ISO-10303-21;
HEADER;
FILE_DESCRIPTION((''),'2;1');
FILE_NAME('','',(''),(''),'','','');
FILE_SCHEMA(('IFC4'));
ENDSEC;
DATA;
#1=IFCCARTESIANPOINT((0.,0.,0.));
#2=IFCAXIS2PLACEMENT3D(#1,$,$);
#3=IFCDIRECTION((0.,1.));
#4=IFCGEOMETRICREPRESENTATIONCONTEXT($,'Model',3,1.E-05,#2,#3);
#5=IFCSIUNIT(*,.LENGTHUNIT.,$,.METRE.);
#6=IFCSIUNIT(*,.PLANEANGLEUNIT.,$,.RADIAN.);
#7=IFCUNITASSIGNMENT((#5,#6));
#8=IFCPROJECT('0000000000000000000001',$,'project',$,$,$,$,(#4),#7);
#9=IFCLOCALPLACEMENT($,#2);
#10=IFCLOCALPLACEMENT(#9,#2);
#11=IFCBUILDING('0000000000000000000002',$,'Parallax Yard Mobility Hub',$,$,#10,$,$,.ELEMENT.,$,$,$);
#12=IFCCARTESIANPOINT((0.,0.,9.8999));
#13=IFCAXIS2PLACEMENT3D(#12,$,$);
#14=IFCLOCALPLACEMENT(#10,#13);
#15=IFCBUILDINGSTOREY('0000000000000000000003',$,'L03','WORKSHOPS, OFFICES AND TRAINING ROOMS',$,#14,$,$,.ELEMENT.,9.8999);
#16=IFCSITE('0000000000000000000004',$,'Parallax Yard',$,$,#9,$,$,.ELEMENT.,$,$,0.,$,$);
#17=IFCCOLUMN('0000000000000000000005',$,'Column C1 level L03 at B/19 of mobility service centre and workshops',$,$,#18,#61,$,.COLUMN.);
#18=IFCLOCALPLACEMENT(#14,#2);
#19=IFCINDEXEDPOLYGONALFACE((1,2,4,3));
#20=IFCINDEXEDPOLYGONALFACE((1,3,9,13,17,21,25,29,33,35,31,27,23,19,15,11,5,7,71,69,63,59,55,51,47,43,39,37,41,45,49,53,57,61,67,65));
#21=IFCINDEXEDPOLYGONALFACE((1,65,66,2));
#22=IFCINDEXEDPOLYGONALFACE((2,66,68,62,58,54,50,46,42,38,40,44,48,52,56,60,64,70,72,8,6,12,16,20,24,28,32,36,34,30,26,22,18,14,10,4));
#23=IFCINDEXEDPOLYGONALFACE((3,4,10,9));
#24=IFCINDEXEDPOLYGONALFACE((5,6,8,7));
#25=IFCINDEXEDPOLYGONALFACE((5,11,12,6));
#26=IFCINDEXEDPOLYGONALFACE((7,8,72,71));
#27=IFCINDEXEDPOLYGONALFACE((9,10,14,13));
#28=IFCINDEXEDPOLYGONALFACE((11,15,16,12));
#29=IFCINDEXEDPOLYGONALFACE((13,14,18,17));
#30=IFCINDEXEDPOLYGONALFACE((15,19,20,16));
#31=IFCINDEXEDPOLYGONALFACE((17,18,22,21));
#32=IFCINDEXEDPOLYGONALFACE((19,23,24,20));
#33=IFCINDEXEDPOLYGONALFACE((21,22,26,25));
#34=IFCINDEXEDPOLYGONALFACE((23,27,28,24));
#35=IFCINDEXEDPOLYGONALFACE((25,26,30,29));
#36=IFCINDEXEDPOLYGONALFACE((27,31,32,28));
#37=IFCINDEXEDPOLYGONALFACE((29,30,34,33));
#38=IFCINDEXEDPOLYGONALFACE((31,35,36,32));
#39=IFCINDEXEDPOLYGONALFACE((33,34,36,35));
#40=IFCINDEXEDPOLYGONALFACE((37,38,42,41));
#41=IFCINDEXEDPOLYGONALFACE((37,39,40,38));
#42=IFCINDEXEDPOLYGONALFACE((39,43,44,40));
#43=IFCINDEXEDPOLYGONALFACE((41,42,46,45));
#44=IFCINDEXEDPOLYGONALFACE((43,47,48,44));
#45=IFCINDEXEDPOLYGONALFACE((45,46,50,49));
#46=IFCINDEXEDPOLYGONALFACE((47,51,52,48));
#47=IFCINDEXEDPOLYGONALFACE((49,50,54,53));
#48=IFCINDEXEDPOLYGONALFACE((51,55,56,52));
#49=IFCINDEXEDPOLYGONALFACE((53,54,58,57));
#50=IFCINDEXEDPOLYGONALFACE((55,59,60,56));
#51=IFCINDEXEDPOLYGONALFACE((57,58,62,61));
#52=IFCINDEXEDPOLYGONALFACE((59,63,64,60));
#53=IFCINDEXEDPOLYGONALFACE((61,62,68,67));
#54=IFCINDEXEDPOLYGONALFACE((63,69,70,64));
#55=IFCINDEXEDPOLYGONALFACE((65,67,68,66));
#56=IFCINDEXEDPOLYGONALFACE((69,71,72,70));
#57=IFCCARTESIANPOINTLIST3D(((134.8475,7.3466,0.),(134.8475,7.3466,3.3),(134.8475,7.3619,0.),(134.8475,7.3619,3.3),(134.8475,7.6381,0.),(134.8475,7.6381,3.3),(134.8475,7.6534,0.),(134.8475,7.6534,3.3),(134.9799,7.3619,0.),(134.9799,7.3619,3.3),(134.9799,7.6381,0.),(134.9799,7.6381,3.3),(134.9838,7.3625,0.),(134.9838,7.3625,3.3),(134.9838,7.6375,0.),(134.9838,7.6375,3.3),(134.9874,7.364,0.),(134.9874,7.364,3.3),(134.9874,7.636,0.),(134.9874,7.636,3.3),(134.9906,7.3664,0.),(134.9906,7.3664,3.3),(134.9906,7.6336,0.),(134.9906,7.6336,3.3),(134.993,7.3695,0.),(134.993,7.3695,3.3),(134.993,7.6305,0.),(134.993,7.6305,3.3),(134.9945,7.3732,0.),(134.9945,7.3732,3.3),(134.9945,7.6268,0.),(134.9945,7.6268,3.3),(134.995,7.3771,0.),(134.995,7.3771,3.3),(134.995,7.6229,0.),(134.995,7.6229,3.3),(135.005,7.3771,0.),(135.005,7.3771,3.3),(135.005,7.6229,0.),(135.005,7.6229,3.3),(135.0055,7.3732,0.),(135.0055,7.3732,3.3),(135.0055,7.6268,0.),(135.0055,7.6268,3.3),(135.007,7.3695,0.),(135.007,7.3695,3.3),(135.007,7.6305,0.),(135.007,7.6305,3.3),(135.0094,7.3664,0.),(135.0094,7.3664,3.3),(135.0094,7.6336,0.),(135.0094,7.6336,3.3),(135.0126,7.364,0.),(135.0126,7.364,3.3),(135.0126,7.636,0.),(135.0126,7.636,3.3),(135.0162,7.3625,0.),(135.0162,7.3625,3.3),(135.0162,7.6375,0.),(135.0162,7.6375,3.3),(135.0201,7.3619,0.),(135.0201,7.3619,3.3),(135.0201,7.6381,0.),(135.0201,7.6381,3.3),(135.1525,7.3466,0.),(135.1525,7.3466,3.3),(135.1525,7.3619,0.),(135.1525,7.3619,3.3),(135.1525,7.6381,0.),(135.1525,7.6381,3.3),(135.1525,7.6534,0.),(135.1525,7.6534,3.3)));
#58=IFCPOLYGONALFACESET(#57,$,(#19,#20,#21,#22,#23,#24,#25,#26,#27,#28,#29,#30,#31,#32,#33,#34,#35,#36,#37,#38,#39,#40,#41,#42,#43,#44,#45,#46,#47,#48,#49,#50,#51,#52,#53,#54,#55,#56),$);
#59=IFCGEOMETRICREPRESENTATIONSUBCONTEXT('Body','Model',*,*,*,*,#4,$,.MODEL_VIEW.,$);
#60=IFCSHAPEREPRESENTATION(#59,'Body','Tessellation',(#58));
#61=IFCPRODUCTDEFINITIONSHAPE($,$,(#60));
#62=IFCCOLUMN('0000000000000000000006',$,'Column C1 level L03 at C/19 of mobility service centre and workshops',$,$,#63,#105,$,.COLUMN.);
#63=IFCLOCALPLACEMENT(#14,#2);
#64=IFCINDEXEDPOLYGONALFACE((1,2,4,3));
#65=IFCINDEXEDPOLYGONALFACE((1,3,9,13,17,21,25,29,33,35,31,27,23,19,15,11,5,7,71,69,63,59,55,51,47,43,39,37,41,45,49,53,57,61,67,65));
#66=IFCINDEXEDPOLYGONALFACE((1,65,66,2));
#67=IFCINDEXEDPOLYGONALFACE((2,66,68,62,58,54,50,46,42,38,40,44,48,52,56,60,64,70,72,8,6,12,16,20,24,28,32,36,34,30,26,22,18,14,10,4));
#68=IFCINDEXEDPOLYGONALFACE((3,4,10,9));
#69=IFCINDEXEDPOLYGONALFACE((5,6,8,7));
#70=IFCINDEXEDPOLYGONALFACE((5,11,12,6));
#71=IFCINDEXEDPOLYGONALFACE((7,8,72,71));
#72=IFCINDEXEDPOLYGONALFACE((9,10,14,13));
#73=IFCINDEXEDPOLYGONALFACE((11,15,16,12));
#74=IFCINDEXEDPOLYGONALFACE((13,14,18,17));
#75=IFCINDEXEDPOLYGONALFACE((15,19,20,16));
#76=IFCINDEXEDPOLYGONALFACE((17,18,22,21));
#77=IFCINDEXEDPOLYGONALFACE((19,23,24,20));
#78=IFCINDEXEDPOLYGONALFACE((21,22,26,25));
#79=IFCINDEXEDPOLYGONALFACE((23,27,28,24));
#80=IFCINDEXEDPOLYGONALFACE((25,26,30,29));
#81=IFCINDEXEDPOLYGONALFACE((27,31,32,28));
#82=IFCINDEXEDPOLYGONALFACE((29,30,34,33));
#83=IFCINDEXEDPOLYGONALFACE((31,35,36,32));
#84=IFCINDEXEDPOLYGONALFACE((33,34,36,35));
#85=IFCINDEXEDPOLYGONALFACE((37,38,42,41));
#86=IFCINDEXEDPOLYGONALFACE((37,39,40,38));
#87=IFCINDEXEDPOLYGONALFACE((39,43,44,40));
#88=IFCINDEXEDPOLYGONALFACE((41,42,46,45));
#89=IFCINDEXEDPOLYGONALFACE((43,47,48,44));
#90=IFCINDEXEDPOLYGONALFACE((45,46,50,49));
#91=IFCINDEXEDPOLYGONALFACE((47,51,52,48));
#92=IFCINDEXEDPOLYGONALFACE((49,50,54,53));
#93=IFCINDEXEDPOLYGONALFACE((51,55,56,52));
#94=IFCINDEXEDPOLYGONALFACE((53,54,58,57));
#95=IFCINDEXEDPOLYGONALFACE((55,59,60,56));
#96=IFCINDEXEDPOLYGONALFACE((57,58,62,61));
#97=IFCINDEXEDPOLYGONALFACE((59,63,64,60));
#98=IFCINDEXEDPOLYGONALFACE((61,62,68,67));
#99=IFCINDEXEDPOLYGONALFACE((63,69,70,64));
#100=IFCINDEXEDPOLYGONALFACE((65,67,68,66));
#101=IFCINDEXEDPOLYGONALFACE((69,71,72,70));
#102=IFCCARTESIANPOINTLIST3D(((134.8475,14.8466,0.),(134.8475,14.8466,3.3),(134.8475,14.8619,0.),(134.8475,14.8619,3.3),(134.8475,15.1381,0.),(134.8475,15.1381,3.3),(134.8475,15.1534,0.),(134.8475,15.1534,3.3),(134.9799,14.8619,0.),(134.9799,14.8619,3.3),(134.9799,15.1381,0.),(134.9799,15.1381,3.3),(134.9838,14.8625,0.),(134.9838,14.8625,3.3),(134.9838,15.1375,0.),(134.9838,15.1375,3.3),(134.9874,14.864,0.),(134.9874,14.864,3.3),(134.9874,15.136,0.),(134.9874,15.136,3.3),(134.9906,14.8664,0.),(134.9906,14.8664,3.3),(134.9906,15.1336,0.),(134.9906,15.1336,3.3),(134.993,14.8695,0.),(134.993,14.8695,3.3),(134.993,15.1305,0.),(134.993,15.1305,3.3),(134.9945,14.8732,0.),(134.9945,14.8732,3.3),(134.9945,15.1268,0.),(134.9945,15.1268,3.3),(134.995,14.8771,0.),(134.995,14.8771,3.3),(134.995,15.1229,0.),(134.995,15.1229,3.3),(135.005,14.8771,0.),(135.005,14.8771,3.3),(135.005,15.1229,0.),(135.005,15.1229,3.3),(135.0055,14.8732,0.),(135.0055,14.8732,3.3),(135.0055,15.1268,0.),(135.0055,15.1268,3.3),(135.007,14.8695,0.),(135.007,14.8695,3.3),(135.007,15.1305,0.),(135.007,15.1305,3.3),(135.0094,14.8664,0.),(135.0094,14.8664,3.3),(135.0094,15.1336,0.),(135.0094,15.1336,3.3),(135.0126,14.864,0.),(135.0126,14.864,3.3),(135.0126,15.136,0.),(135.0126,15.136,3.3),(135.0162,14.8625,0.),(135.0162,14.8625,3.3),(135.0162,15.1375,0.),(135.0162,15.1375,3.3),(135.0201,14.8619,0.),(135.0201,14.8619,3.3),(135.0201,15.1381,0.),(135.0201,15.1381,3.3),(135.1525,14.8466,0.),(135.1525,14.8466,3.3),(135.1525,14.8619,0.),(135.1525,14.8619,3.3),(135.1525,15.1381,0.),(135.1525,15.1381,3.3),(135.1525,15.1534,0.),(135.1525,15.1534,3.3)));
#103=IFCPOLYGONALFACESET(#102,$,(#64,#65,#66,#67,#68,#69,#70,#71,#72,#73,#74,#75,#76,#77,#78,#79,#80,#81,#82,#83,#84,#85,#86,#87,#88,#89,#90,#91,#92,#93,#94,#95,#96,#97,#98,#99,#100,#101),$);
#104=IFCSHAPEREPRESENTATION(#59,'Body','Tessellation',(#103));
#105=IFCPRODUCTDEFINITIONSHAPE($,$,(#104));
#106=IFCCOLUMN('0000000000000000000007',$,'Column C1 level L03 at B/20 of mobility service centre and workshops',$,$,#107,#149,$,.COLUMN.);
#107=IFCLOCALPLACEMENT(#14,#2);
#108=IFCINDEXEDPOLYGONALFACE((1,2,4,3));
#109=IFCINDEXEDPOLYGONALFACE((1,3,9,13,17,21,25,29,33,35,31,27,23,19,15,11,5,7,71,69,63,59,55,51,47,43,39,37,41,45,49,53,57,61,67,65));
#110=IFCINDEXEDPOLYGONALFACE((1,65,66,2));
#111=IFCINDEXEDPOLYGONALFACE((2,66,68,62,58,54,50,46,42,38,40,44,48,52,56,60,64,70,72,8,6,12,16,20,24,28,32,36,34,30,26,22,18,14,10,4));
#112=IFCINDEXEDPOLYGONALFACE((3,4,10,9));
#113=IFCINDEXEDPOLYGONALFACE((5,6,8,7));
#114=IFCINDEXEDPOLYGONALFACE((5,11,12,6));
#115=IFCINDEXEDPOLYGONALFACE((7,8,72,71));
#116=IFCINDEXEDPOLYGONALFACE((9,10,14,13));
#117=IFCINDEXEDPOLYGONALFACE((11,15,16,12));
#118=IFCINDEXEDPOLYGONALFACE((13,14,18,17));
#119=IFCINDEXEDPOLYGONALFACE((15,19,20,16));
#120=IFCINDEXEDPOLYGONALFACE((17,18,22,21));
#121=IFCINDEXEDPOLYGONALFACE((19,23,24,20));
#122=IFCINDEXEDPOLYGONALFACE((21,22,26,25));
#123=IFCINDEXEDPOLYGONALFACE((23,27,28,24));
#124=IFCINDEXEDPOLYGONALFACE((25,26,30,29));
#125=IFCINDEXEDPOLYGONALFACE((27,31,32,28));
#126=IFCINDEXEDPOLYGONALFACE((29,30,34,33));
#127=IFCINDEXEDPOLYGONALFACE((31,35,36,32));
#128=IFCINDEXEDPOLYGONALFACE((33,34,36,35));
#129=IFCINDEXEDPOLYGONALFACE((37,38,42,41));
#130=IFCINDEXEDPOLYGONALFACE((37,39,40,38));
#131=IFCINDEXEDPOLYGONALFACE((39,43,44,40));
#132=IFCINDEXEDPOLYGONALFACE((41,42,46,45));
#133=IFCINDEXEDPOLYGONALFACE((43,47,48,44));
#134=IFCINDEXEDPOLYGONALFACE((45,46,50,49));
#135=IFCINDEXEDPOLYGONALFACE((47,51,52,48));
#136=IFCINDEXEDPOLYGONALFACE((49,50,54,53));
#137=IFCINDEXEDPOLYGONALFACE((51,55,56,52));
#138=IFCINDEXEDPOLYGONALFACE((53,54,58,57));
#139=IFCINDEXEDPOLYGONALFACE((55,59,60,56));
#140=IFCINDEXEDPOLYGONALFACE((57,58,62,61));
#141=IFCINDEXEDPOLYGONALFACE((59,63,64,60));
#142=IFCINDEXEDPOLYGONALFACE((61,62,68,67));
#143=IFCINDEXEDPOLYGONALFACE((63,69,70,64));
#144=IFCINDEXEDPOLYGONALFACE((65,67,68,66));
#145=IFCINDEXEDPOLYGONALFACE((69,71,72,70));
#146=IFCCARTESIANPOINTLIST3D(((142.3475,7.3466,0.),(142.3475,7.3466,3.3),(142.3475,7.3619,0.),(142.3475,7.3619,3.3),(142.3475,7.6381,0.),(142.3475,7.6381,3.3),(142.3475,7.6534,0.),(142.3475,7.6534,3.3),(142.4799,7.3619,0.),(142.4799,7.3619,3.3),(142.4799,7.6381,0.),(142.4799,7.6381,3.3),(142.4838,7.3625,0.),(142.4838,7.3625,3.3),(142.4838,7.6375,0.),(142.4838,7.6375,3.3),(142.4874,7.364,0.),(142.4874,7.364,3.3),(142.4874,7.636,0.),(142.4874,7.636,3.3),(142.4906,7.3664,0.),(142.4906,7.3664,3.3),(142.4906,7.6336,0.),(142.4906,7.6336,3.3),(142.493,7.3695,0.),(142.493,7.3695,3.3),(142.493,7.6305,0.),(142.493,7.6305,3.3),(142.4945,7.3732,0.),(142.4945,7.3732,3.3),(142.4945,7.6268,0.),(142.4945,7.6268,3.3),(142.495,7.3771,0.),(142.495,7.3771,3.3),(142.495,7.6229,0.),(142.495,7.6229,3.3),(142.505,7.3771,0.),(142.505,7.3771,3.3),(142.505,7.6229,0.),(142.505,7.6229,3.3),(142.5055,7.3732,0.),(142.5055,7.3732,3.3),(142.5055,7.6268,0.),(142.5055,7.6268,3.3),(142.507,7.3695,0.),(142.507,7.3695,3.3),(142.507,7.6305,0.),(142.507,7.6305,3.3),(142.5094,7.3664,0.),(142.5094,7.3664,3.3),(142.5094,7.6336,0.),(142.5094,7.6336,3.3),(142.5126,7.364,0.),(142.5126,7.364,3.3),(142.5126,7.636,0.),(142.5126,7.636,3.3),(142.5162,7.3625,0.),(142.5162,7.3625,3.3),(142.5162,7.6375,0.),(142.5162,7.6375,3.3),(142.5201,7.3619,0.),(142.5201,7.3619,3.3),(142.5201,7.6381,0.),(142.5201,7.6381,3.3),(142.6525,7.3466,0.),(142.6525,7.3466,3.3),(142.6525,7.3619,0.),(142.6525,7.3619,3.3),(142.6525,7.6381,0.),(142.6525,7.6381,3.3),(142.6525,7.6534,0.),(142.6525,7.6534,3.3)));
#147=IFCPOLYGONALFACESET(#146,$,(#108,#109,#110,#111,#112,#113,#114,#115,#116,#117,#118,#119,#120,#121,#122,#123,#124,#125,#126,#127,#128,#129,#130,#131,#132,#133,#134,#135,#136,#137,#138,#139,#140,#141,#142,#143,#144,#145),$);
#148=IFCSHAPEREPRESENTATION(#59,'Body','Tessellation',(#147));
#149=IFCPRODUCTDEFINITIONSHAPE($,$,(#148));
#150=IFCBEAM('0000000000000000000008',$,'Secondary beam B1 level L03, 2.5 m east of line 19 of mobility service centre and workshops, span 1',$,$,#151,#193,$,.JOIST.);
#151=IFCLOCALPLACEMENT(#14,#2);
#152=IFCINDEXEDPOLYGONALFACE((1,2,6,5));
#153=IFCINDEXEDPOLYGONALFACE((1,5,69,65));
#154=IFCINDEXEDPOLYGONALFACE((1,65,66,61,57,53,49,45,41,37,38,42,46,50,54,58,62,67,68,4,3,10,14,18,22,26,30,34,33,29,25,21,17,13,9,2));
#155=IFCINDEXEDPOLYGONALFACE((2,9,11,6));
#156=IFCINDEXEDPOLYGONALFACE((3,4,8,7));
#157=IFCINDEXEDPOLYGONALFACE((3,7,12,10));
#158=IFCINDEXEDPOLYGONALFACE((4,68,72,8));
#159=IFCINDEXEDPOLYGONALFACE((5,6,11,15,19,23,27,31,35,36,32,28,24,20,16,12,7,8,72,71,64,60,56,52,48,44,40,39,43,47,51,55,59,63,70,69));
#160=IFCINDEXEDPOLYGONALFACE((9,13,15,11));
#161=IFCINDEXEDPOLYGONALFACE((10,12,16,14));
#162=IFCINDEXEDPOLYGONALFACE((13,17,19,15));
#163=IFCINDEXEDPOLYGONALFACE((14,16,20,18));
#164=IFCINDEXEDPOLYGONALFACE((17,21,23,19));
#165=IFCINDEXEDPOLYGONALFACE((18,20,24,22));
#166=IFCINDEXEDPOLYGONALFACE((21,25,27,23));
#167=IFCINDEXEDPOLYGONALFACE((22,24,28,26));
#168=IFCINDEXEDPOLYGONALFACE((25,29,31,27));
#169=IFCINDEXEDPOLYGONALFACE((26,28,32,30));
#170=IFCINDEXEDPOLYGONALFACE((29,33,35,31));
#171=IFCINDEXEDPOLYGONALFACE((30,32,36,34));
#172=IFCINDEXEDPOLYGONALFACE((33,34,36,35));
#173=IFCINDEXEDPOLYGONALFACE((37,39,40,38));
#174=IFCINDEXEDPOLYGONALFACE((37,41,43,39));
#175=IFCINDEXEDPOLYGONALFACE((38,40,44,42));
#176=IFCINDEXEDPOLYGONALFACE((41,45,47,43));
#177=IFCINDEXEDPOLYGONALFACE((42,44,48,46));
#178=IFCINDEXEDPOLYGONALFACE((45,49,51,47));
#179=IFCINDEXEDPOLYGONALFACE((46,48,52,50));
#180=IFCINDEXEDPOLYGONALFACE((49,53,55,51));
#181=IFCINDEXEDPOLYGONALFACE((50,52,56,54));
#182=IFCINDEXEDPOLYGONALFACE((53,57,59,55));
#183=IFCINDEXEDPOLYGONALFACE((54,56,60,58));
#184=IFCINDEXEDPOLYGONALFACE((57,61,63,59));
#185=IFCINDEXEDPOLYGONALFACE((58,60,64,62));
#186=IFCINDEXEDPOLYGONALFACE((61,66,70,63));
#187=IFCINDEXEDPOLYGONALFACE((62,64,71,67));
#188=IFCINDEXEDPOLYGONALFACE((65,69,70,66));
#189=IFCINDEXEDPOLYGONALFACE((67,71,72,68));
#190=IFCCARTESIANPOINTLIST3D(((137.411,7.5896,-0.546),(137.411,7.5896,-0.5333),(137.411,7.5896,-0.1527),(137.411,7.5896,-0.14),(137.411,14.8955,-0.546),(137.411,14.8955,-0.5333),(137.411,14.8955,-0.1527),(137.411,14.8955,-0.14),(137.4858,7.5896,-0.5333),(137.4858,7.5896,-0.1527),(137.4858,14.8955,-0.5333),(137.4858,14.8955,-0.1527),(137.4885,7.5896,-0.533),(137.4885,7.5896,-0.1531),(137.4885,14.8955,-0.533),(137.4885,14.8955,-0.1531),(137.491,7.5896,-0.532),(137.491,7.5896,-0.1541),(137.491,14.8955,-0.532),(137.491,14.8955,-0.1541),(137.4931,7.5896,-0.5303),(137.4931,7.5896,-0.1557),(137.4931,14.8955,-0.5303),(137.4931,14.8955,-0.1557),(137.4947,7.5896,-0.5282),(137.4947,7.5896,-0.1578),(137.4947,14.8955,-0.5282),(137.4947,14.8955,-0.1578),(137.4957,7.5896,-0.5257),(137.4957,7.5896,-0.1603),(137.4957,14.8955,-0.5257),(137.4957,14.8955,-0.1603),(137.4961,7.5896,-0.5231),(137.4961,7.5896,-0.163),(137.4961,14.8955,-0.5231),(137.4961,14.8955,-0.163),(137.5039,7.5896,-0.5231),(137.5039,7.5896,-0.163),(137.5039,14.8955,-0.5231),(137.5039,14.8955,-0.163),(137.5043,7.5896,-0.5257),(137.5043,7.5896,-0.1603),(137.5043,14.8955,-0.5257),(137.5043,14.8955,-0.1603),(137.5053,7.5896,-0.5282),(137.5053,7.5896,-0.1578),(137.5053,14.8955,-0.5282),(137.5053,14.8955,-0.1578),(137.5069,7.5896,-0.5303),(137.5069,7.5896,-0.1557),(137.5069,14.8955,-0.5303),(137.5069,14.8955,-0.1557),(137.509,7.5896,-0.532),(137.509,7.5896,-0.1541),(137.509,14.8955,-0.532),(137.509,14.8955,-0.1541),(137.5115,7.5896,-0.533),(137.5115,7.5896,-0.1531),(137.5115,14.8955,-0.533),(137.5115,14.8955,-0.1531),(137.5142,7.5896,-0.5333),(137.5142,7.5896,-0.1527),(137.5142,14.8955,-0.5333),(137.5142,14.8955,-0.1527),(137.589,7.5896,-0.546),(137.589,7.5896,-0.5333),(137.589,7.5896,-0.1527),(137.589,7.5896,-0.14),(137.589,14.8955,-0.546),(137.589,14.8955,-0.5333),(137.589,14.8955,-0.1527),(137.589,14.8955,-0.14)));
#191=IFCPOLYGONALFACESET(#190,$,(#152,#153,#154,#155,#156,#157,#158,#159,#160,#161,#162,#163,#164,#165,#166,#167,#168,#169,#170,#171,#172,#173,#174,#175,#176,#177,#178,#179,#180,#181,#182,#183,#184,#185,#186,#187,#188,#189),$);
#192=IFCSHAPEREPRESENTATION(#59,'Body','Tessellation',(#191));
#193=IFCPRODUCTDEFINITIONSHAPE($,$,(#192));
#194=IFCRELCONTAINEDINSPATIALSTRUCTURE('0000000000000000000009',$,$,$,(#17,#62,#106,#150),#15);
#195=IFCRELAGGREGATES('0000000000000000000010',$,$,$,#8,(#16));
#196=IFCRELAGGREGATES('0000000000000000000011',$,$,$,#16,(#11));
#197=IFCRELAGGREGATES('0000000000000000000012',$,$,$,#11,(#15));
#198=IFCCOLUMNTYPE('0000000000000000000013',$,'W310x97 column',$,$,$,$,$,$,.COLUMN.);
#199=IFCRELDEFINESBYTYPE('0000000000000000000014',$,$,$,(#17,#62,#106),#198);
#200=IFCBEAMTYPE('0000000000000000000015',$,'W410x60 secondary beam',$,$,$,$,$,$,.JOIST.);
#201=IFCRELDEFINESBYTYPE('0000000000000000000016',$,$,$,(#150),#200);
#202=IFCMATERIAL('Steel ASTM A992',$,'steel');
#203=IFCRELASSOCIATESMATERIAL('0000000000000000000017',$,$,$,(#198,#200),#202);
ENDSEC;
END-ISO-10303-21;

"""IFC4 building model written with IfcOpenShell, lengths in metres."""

from ifc_helpers import new_model, si_unit, direction, frame, origin, origin_2d, place, context, subcontext, project, spatial, i_section, extrude, material, material_profile, profile_set, type_object, element, save


model = new_model("IFC4")

# Units and contexts
model_context = context("Model", 3, precision=1e-05, world=origin(), true_north=direction((0.0, 1.0)))
body_context = subcontext(model_context, "Body", "Model", "MODEL_VIEW")
ifc_project = project(units=[si_unit("LENGTHUNIT", "METRE"), si_unit("PLANEANGLEUNIT", "RADIAN")], contexts=[model_context])

# Site, building, storey
site_placement = place(None, origin())
site = spatial("IfcSite", under=ifc_project, at=site_placement, Name="Parallax Yard", CompositionType="ELEMENT", RefElevation=0.0)
building_placement = place(site_placement, origin())
building = spatial("IfcBuilding", under=site, at=building_placement, Name="Parallax Yard Mobility Hub", CompositionType="ELEMENT")
storey_placement = place(building_placement, frame((0.0, 0.0, 9.8999)))
storey = spatial("IfcBuildingStorey", under=building, at=storey_placement, Name="L03", Description="WORKSHOPS, OFFICES AND TRAINING ROOMS", CompositionType="ELEMENT", Elevation=9.8999)

# Columns
ifc_material_1 = material(Name="Steel ASTM A992", Category="steel")
ifc_material_profile_1 = material_profile(ifc_material_1, i_section(OverallWidth=0.3049, OverallDepth=0.3069, WebThickness=0.01, FlangeThickness=0.0154, FilletRadius=0.0151, at=origin_2d()), Name="W310x97")
ifc_profile_set_1 = profile_set([ifc_material_profile_1], Name="Steel ASTM A992")
column_type = type_object("IfcColumnType", Name="W310x97 column", PredefinedType="COLUMN", material=ifc_profile_set_1)
for number, where, z_axis, x_axis, name in (
    (1, (135.0, 7.5, 0.0), (0.0, 0.0, 1.0), (1.0, 0.0, 0.0), "Column C1 level L03 at B/19 of mobility service centre and workshops"),
    (2, (135.0, 15.0, 0.0), (0.0, 0.0, 1.0), (1.0, 0.0, 0.0), "Column C1 level L03 at C/19 of mobility service centre and workshops"),
    (3, (142.5, 7.5, 0.0), (0.0, 0.0, 1.0), (1.0, 0.0, 0.0), "Column C1 level L03 at B/20 of mobility service centre and workshops"),
):
    element("IfcColumn", number, at=place(storey_placement, frame(where, z_axis=z_axis, x_axis=x_axis)), inside=storey, type_object=column_type, Name=name, PredefinedType="COLUMN", context=body_context, shape_type="SweptSolid", body=[
        extrude(i_section(OverallWidth=0.3049, OverallDepth=0.3069, WebThickness=0.01, FlangeThickness=0.0154, FilletRadius=0.0151, at=origin_2d()), origin(), (0.0, 0.0, 1.0), 3.3),
    ])

# Beam
ifc_material_profile_2 = material_profile(ifc_material_1, i_section(OverallWidth=0.178, OverallDepth=0.406, WebThickness=0.0078, FlangeThickness=0.0127, FilletRadius=0.0103, at=origin_2d()), Name="W410x60")
ifc_profile_set_2 = profile_set([ifc_material_profile_2], Name="Steel ASTM A992")
beam_type_1 = type_object("IfcBeamType", Name="W410x60 secondary beam", PredefinedType="JOIST", material=ifc_profile_set_2)
beam_1_placement = place(storey_placement, frame((137.5, 7.5896, -0.343), z_axis=(0.0, 1.0, 0.0), x_axis=(-1.0, 0.0, 0.0)))
element("IfcBeam", 4, at=beam_1_placement, inside=storey, type_object=beam_type_1, Name="Secondary beam B1 level L03, 2.5 m east of line 19 of mobility service centre and workshops, span 1", PredefinedType="JOIST", context=body_context, shape_type="SweptSolid", body=[
    extrude(i_section(OverallWidth=0.178, OverallDepth=0.406, WebThickness=0.0078, FlangeThickness=0.0127, FilletRadius=0.0103, at=origin_2d()), origin(), (0.0, 0.0, 1.0), 7.3059),
])

save(model, "model.ifc")
